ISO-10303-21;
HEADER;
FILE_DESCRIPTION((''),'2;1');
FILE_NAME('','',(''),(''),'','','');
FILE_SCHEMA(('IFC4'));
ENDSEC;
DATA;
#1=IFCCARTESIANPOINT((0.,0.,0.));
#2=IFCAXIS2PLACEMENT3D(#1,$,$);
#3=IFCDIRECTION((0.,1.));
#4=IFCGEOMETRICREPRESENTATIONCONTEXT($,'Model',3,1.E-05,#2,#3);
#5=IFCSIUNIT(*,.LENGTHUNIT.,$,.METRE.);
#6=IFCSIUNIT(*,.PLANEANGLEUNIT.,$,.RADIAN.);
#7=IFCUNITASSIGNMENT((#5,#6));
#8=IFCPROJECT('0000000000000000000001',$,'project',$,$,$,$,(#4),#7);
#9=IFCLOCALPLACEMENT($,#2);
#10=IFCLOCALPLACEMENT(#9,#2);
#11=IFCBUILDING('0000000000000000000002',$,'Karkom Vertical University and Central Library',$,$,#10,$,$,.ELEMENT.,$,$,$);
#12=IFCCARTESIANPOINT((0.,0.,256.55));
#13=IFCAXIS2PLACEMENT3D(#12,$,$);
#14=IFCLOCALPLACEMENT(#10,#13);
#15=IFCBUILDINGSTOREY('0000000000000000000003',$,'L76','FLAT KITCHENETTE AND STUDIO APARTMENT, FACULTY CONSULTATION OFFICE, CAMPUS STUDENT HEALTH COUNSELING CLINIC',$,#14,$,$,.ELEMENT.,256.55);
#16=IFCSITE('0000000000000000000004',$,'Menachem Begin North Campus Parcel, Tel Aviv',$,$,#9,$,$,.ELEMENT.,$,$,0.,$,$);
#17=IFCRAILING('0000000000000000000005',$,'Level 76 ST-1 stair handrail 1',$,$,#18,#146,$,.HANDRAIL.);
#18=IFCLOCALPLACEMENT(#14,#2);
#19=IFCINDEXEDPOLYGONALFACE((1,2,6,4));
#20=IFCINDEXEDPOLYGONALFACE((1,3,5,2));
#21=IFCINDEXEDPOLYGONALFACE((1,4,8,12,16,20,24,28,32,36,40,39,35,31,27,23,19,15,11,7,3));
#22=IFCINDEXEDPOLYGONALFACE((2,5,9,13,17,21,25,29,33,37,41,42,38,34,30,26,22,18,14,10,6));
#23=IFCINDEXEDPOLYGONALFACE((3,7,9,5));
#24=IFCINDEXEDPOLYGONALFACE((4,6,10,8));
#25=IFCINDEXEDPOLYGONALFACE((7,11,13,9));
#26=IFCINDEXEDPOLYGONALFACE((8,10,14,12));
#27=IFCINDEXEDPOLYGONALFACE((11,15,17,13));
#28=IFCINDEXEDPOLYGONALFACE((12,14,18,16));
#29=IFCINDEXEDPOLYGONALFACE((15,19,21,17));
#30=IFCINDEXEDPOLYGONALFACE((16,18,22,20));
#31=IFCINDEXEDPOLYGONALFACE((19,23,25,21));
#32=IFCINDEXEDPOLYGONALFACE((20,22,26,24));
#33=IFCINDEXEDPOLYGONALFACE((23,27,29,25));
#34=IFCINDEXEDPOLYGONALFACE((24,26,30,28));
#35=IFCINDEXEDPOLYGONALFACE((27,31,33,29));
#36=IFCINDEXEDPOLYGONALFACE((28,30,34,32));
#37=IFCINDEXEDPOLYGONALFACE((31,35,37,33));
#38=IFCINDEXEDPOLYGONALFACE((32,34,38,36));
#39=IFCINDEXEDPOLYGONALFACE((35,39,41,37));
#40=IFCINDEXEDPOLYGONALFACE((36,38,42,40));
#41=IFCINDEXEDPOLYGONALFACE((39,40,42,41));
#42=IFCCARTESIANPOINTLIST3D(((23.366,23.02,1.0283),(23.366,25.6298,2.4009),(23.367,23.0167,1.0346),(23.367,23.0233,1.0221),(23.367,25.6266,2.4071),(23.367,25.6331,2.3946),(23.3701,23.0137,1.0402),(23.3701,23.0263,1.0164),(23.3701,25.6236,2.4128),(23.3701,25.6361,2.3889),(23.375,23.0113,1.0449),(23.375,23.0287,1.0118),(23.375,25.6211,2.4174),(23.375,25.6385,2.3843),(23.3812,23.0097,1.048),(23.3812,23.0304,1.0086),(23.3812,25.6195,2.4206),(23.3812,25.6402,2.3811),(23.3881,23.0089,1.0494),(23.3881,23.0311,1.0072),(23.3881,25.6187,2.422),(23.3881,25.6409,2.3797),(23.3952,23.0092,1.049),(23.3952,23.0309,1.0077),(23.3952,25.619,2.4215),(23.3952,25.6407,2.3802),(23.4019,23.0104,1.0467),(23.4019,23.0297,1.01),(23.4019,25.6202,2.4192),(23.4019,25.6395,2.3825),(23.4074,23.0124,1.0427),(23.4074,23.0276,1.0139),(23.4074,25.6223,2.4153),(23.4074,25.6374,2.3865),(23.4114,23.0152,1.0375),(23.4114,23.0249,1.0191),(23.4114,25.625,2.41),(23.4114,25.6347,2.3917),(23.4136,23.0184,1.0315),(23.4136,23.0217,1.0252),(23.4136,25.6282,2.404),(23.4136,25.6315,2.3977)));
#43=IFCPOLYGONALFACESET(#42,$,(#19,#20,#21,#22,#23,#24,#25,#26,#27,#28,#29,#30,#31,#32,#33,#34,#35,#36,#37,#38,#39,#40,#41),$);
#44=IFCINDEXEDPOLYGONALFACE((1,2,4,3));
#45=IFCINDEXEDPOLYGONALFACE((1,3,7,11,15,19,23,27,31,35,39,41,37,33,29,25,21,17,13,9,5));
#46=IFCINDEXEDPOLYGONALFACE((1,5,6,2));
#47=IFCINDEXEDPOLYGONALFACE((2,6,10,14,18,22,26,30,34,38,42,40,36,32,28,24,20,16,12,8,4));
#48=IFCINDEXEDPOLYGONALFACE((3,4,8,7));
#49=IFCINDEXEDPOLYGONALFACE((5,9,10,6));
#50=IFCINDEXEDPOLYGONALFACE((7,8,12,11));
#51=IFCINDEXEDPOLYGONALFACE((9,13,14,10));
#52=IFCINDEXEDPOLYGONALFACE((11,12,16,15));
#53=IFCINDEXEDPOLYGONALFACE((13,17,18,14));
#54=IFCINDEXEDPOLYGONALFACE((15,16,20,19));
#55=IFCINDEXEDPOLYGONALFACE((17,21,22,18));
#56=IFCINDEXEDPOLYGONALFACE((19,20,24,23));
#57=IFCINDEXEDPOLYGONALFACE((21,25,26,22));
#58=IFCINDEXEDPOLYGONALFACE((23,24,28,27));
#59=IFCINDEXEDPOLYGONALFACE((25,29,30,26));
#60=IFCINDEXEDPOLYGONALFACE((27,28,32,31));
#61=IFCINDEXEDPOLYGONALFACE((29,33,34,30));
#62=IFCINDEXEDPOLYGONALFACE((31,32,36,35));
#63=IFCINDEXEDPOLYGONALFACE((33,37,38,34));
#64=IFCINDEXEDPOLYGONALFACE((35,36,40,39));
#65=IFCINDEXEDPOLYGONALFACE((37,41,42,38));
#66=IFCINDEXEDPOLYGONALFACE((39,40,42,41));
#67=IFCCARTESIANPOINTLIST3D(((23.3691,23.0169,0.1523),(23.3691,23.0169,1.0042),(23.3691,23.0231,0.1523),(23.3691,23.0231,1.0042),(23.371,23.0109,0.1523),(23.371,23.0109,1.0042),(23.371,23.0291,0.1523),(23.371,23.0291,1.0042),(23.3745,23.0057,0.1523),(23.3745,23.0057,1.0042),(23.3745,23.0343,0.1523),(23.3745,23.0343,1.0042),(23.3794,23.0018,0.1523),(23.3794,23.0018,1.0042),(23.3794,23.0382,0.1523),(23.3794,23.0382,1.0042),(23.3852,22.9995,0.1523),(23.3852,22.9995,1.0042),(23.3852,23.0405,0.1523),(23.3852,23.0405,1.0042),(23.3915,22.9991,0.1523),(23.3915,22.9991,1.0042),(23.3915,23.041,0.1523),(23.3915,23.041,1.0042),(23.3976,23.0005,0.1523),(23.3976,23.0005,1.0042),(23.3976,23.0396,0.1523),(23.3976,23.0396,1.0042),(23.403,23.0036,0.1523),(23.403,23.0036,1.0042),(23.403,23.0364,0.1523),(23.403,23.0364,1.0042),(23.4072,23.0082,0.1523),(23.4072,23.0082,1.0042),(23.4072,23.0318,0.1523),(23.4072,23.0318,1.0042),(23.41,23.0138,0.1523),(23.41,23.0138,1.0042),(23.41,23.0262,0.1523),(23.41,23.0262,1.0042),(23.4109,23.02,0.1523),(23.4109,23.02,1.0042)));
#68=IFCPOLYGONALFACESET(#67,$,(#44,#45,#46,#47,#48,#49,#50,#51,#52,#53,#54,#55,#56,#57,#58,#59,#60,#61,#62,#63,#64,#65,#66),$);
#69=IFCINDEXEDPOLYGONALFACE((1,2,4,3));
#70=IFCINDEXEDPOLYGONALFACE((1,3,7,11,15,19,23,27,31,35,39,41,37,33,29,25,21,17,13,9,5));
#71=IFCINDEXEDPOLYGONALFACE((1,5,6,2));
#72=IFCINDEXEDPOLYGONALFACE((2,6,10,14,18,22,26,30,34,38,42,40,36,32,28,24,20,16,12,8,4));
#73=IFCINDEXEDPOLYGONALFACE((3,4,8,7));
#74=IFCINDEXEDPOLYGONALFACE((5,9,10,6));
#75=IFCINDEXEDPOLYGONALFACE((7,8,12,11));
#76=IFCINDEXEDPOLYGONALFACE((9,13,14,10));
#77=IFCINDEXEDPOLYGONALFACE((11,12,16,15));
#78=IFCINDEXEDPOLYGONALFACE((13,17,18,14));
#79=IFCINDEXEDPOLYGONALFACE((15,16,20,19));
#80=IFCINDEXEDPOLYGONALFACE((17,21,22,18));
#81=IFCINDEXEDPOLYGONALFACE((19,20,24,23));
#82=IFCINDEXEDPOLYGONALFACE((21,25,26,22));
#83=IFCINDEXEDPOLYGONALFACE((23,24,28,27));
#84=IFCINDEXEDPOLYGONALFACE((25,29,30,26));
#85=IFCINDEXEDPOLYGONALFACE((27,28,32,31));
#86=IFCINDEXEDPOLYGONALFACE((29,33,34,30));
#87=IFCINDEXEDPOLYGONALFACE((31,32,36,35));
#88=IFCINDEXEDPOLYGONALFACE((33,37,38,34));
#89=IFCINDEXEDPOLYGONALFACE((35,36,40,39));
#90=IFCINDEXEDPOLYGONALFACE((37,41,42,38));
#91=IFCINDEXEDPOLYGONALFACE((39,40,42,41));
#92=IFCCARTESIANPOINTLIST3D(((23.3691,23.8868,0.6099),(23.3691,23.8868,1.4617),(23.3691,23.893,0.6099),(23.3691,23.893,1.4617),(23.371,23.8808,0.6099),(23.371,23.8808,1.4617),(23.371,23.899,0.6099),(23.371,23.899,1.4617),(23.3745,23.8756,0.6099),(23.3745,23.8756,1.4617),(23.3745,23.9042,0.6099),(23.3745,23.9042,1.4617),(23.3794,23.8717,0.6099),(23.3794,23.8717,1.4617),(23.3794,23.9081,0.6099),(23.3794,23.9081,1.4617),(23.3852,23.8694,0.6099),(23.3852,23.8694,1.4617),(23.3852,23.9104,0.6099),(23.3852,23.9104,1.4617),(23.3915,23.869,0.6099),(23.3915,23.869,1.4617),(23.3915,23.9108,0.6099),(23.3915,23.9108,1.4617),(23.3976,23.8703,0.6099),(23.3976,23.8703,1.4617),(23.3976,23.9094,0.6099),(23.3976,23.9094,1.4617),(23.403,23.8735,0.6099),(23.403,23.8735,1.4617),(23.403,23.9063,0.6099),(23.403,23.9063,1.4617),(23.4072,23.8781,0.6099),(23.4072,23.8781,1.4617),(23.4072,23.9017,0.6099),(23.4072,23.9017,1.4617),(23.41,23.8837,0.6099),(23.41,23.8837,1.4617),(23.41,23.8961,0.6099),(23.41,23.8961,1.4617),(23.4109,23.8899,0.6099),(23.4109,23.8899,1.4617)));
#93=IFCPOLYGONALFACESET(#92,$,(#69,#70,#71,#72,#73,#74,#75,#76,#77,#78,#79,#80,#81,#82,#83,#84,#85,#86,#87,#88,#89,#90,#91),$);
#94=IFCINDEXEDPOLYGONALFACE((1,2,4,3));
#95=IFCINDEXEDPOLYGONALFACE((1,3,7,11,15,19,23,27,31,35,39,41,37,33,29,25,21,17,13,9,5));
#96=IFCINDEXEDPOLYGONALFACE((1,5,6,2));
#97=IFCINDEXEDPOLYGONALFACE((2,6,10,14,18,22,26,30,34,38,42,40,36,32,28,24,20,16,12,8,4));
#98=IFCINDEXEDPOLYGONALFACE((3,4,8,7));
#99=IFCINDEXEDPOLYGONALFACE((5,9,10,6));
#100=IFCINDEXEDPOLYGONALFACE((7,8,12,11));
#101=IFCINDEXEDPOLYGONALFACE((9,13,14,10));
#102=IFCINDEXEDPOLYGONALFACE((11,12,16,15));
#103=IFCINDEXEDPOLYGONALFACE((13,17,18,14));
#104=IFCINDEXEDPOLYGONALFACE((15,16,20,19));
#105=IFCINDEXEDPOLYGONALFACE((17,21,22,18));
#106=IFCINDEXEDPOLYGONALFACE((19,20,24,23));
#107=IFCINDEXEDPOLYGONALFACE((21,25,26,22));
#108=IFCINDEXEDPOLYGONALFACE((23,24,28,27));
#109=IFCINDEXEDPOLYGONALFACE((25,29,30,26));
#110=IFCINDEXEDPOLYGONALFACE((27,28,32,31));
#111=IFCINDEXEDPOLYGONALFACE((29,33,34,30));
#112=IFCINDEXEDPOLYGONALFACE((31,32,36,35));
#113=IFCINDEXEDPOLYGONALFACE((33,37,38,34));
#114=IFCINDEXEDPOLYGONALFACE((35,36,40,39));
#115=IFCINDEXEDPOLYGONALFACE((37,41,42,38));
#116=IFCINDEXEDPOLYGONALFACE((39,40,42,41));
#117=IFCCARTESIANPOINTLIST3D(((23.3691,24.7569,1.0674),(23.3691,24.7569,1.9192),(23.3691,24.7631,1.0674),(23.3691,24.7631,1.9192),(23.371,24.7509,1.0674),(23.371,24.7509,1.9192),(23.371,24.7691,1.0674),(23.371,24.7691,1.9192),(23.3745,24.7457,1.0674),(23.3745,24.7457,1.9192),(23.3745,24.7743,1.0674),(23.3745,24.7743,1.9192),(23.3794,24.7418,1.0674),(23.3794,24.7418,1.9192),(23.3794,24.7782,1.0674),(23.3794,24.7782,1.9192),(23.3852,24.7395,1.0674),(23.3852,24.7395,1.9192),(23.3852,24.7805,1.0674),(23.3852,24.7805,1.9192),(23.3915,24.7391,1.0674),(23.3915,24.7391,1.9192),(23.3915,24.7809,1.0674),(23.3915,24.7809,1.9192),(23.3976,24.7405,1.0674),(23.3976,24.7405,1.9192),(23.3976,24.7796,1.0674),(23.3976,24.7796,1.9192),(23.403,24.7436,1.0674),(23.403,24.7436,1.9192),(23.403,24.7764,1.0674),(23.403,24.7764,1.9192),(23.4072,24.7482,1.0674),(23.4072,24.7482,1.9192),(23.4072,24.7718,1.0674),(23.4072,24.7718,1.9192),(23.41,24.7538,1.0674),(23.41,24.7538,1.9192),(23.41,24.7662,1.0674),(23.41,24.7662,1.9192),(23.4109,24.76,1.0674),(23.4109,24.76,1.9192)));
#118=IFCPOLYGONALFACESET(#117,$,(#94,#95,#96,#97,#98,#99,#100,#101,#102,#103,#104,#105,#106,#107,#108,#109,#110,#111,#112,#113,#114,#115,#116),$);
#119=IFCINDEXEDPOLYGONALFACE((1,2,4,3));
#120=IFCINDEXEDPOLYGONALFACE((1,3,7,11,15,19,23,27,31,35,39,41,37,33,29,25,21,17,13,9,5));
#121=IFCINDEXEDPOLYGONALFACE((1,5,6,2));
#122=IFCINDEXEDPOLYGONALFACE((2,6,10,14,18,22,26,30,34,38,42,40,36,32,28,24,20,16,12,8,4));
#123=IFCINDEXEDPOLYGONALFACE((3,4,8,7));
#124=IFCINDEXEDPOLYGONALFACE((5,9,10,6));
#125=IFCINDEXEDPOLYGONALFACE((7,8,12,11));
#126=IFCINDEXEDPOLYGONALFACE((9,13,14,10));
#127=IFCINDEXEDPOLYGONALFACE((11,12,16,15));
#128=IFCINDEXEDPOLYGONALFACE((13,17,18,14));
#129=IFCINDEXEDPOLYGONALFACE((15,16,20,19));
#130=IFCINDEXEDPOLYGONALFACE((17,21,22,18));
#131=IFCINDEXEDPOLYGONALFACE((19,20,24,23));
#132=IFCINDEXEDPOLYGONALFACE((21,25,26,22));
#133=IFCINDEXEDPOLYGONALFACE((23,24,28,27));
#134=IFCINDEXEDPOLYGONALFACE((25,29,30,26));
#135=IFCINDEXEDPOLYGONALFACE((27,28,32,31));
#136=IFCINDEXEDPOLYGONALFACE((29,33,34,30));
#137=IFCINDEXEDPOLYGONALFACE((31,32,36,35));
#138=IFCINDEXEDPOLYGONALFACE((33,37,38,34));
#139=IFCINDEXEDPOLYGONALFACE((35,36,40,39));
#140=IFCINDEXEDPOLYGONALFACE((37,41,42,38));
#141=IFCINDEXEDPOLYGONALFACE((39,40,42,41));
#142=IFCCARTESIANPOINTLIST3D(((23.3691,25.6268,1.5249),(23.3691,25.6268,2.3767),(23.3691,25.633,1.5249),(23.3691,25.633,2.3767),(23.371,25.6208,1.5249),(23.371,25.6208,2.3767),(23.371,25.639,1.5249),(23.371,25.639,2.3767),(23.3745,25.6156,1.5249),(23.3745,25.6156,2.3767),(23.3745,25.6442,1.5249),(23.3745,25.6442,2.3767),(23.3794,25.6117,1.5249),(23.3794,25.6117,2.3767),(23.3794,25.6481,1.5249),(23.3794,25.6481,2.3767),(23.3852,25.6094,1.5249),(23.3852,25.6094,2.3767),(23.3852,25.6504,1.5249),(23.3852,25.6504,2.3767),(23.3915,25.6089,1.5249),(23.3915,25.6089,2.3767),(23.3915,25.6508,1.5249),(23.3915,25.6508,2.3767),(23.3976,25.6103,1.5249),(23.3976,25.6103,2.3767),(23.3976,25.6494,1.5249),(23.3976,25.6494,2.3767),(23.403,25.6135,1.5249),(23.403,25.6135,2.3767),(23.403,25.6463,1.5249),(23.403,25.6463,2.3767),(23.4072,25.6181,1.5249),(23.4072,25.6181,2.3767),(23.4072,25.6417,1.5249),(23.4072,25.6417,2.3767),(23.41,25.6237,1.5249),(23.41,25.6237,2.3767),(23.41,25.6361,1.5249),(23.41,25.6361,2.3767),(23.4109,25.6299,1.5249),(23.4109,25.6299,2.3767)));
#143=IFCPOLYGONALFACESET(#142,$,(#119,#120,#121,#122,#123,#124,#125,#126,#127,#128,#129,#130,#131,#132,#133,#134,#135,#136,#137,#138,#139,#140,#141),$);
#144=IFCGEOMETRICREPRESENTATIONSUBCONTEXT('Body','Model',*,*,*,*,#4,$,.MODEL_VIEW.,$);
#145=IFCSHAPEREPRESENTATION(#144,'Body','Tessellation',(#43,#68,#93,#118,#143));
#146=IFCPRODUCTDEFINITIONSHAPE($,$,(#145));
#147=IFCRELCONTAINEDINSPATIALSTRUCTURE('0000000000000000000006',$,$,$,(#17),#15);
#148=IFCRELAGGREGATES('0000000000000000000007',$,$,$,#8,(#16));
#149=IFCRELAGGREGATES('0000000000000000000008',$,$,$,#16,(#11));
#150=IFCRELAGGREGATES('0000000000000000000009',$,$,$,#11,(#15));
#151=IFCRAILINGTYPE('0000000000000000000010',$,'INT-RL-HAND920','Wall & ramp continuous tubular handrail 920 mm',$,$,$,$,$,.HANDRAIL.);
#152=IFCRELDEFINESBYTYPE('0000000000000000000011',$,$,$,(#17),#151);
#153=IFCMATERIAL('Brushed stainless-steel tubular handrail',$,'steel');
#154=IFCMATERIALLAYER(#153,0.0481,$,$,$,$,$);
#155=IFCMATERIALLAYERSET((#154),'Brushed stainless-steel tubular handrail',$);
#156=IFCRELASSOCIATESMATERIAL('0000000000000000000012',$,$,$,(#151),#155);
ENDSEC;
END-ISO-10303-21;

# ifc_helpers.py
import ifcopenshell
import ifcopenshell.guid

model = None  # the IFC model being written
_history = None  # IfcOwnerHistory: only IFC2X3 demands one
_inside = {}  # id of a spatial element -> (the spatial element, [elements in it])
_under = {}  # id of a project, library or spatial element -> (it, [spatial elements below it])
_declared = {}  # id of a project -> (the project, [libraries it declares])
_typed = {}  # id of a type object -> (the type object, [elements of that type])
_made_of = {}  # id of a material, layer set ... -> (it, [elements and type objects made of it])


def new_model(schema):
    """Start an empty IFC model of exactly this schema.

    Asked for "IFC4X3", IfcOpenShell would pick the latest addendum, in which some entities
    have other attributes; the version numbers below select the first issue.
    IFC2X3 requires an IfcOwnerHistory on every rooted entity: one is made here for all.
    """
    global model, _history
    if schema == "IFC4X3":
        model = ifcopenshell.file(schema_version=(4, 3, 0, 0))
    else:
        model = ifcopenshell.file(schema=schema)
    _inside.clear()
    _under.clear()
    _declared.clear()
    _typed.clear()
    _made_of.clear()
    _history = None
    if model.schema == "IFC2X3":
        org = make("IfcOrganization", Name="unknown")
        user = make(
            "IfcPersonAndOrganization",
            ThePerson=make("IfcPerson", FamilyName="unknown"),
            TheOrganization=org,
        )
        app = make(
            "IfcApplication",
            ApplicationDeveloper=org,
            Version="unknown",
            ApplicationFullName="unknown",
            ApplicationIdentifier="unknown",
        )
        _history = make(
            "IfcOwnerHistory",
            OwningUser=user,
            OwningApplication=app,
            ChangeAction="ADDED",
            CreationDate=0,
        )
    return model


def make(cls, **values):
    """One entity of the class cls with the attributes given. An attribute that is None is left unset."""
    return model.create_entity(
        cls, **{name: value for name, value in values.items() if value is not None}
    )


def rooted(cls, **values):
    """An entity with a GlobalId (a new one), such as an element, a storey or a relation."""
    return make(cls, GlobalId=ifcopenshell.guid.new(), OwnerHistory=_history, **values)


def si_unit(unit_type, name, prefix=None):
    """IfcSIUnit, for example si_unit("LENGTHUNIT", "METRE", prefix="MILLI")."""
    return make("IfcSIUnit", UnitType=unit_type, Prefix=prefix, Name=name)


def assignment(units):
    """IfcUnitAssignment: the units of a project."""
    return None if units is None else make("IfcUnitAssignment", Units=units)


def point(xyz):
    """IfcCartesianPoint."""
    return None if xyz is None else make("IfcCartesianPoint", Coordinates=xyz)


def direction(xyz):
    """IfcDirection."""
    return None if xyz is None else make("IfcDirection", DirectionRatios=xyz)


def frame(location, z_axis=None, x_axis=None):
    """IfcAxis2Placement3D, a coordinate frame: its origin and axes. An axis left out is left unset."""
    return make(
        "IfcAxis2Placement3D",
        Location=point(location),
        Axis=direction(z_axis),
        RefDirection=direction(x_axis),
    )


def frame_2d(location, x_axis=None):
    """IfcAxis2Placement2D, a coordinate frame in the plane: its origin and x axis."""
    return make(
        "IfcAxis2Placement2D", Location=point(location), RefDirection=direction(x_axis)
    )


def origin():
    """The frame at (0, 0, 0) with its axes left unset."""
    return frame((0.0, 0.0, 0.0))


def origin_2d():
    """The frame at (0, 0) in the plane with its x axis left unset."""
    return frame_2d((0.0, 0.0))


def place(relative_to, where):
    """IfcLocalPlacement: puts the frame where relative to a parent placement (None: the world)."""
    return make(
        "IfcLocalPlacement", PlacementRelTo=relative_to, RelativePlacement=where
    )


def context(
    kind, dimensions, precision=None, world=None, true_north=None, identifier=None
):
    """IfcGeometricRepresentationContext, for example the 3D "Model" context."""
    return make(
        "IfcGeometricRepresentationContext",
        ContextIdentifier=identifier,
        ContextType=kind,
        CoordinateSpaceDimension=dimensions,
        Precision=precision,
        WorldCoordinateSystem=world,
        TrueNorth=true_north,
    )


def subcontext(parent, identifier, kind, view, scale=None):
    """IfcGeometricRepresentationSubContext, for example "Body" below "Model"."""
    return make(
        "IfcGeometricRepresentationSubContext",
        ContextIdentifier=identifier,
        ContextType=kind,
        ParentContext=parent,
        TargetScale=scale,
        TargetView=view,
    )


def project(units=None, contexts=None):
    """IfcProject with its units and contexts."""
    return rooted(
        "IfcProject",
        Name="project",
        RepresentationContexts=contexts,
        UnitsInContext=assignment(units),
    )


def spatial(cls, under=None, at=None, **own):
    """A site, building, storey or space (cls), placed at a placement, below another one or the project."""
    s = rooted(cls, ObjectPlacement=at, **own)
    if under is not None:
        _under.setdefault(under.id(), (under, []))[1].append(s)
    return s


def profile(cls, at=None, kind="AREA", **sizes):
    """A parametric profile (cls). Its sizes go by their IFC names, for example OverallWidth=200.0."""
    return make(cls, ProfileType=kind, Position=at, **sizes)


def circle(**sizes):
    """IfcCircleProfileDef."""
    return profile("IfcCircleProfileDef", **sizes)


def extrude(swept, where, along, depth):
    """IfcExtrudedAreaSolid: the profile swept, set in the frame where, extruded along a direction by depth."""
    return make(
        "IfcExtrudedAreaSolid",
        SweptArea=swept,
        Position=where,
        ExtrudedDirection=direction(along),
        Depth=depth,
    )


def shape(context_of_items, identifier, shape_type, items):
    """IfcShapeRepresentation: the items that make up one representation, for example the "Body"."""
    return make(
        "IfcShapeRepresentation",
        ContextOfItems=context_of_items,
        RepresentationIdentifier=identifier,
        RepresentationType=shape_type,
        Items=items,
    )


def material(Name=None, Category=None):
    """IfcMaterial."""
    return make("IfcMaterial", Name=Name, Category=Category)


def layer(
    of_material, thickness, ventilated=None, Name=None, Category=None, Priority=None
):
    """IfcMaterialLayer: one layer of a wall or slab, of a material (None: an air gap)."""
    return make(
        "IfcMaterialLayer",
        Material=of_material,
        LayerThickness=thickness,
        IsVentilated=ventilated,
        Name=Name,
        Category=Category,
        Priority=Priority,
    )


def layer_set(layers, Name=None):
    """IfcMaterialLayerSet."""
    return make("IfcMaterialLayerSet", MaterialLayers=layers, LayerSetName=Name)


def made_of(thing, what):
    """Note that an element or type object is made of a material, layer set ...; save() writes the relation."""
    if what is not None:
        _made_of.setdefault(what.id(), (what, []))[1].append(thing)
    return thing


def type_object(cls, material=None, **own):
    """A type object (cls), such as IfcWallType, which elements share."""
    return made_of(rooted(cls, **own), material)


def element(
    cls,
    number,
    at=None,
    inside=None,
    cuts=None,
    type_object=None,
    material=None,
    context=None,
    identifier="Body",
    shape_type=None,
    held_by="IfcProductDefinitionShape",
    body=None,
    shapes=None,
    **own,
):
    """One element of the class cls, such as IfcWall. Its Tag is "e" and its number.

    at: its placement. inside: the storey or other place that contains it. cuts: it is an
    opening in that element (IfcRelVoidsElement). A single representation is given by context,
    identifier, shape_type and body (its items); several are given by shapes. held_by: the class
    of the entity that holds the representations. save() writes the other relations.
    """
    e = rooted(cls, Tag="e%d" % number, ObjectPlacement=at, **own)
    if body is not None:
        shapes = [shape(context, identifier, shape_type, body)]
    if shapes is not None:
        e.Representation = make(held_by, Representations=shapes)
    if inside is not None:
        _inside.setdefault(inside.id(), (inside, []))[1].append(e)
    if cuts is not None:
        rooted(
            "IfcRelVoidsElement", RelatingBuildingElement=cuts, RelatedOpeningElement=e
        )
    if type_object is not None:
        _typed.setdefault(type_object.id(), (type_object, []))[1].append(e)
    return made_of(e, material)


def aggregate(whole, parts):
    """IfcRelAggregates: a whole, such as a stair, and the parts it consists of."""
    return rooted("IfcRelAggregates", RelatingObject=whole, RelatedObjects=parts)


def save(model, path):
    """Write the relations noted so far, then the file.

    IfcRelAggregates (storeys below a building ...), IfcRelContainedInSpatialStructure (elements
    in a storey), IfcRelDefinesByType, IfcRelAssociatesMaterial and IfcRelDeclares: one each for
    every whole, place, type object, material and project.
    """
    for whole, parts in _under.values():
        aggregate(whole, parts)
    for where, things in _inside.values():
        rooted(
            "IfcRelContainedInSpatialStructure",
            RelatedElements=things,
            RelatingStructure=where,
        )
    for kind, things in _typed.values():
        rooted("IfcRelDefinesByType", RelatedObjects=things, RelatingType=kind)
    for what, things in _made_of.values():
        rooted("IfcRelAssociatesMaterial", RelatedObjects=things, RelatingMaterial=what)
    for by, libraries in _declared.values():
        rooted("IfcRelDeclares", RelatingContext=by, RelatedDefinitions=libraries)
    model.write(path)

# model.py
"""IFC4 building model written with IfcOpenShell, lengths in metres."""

from ifc_helpers import new_model, si_unit, direction, frame, origin, origin_2d, place, context, subcontext, project, spatial, circle, extrude, material, layer, layer_set, type_object, element, save


model = new_model("IFC4")

# Units and contexts
model_context = context("Model", 3, precision=1e-05, world=origin(), true_north=direction((0.0, 1.0)))
body_context = subcontext(model_context, "Body", "Model", "MODEL_VIEW")
ifc_project = project(units=[si_unit("LENGTHUNIT", "METRE"), si_unit("PLANEANGLEUNIT", "RADIAN")], contexts=[model_context])

# Site, building, storey
site_placement = place(None, origin())
site = spatial("IfcSite", under=ifc_project, at=site_placement, Name="Menachem Begin North Campus Parcel, Tel Aviv", CompositionType="ELEMENT", RefElevation=0.0)
building_placement = place(site_placement, origin())
building = spatial("IfcBuilding", under=site, at=building_placement, Name="Karkom Vertical University and Central Library", CompositionType="ELEMENT")
storey_placement = place(building_placement, frame((0.0, 0.0, 256.55)))
storey = spatial("IfcBuildingStorey", under=building, at=storey_placement, Name="L76", Description="FLAT KITCHENETTE AND STUDIO APARTMENT, FACULTY CONSULTATION OFFICE, CAMPUS STUDENT HEALTH COUNSELING CLINIC", CompositionType="ELEMENT", Elevation=256.55)

# Railing
ifc_material_1 = material(Name="Brushed stainless-steel tubular handrail", Category="steel")
ifc_layer_1 = layer(ifc_material_1, 0.0481)
ifc_layer_set_1 = layer_set([ifc_layer_1], Name="Brushed stainless-steel tubular handrail")
railing_type_1 = type_object("IfcRailingType", Name="INT-RL-HAND920", Description="Wall & ramp continuous tubular handrail 920 mm", PredefinedType="HANDRAIL", material=ifc_layer_set_1)
railing_1_placement = place(storey_placement, frame((23.3899, 23.02, 0.1523)))
element("IfcRailing", 1, at=railing_1_placement, inside=storey, type_object=railing_type_1, Name="Level 76 ST-1 stair handrail 1", PredefinedType="HANDRAIL", context=body_context, shape_type="SweptSolid", body=[
    extrude(circle(Radius=0.0239, at=origin_2d()), frame((0.0, 0.0, 0.876), z_axis=(0.0, 0.885065, 0.465467), x_axis=(-1.0, 0.0, 0.0)), (0.0, 0.0, 1.0), 2.9487),
    extrude(circle(Radius=0.021, at=origin_2d()), origin(), (0.0, 0.0, 1.0), 0.8518),
    extrude(circle(Radius=0.021, at=origin_2d()), frame((0.0, 0.8699, 0.4575)), (0.0, 0.0, 1.0), 0.8518),
    extrude(circle(Radius=0.021, at=origin_2d()), frame((0.0, 1.74, 0.915)), (0.0, 0.0, 1.0), 0.8518),
    extrude(circle(Radius=0.021, at=origin_2d()), frame((0.0, 2.6099, 1.3726)), (0.0, 0.0, 1.0), 0.8518),
])

save(model, "model.ifc")
